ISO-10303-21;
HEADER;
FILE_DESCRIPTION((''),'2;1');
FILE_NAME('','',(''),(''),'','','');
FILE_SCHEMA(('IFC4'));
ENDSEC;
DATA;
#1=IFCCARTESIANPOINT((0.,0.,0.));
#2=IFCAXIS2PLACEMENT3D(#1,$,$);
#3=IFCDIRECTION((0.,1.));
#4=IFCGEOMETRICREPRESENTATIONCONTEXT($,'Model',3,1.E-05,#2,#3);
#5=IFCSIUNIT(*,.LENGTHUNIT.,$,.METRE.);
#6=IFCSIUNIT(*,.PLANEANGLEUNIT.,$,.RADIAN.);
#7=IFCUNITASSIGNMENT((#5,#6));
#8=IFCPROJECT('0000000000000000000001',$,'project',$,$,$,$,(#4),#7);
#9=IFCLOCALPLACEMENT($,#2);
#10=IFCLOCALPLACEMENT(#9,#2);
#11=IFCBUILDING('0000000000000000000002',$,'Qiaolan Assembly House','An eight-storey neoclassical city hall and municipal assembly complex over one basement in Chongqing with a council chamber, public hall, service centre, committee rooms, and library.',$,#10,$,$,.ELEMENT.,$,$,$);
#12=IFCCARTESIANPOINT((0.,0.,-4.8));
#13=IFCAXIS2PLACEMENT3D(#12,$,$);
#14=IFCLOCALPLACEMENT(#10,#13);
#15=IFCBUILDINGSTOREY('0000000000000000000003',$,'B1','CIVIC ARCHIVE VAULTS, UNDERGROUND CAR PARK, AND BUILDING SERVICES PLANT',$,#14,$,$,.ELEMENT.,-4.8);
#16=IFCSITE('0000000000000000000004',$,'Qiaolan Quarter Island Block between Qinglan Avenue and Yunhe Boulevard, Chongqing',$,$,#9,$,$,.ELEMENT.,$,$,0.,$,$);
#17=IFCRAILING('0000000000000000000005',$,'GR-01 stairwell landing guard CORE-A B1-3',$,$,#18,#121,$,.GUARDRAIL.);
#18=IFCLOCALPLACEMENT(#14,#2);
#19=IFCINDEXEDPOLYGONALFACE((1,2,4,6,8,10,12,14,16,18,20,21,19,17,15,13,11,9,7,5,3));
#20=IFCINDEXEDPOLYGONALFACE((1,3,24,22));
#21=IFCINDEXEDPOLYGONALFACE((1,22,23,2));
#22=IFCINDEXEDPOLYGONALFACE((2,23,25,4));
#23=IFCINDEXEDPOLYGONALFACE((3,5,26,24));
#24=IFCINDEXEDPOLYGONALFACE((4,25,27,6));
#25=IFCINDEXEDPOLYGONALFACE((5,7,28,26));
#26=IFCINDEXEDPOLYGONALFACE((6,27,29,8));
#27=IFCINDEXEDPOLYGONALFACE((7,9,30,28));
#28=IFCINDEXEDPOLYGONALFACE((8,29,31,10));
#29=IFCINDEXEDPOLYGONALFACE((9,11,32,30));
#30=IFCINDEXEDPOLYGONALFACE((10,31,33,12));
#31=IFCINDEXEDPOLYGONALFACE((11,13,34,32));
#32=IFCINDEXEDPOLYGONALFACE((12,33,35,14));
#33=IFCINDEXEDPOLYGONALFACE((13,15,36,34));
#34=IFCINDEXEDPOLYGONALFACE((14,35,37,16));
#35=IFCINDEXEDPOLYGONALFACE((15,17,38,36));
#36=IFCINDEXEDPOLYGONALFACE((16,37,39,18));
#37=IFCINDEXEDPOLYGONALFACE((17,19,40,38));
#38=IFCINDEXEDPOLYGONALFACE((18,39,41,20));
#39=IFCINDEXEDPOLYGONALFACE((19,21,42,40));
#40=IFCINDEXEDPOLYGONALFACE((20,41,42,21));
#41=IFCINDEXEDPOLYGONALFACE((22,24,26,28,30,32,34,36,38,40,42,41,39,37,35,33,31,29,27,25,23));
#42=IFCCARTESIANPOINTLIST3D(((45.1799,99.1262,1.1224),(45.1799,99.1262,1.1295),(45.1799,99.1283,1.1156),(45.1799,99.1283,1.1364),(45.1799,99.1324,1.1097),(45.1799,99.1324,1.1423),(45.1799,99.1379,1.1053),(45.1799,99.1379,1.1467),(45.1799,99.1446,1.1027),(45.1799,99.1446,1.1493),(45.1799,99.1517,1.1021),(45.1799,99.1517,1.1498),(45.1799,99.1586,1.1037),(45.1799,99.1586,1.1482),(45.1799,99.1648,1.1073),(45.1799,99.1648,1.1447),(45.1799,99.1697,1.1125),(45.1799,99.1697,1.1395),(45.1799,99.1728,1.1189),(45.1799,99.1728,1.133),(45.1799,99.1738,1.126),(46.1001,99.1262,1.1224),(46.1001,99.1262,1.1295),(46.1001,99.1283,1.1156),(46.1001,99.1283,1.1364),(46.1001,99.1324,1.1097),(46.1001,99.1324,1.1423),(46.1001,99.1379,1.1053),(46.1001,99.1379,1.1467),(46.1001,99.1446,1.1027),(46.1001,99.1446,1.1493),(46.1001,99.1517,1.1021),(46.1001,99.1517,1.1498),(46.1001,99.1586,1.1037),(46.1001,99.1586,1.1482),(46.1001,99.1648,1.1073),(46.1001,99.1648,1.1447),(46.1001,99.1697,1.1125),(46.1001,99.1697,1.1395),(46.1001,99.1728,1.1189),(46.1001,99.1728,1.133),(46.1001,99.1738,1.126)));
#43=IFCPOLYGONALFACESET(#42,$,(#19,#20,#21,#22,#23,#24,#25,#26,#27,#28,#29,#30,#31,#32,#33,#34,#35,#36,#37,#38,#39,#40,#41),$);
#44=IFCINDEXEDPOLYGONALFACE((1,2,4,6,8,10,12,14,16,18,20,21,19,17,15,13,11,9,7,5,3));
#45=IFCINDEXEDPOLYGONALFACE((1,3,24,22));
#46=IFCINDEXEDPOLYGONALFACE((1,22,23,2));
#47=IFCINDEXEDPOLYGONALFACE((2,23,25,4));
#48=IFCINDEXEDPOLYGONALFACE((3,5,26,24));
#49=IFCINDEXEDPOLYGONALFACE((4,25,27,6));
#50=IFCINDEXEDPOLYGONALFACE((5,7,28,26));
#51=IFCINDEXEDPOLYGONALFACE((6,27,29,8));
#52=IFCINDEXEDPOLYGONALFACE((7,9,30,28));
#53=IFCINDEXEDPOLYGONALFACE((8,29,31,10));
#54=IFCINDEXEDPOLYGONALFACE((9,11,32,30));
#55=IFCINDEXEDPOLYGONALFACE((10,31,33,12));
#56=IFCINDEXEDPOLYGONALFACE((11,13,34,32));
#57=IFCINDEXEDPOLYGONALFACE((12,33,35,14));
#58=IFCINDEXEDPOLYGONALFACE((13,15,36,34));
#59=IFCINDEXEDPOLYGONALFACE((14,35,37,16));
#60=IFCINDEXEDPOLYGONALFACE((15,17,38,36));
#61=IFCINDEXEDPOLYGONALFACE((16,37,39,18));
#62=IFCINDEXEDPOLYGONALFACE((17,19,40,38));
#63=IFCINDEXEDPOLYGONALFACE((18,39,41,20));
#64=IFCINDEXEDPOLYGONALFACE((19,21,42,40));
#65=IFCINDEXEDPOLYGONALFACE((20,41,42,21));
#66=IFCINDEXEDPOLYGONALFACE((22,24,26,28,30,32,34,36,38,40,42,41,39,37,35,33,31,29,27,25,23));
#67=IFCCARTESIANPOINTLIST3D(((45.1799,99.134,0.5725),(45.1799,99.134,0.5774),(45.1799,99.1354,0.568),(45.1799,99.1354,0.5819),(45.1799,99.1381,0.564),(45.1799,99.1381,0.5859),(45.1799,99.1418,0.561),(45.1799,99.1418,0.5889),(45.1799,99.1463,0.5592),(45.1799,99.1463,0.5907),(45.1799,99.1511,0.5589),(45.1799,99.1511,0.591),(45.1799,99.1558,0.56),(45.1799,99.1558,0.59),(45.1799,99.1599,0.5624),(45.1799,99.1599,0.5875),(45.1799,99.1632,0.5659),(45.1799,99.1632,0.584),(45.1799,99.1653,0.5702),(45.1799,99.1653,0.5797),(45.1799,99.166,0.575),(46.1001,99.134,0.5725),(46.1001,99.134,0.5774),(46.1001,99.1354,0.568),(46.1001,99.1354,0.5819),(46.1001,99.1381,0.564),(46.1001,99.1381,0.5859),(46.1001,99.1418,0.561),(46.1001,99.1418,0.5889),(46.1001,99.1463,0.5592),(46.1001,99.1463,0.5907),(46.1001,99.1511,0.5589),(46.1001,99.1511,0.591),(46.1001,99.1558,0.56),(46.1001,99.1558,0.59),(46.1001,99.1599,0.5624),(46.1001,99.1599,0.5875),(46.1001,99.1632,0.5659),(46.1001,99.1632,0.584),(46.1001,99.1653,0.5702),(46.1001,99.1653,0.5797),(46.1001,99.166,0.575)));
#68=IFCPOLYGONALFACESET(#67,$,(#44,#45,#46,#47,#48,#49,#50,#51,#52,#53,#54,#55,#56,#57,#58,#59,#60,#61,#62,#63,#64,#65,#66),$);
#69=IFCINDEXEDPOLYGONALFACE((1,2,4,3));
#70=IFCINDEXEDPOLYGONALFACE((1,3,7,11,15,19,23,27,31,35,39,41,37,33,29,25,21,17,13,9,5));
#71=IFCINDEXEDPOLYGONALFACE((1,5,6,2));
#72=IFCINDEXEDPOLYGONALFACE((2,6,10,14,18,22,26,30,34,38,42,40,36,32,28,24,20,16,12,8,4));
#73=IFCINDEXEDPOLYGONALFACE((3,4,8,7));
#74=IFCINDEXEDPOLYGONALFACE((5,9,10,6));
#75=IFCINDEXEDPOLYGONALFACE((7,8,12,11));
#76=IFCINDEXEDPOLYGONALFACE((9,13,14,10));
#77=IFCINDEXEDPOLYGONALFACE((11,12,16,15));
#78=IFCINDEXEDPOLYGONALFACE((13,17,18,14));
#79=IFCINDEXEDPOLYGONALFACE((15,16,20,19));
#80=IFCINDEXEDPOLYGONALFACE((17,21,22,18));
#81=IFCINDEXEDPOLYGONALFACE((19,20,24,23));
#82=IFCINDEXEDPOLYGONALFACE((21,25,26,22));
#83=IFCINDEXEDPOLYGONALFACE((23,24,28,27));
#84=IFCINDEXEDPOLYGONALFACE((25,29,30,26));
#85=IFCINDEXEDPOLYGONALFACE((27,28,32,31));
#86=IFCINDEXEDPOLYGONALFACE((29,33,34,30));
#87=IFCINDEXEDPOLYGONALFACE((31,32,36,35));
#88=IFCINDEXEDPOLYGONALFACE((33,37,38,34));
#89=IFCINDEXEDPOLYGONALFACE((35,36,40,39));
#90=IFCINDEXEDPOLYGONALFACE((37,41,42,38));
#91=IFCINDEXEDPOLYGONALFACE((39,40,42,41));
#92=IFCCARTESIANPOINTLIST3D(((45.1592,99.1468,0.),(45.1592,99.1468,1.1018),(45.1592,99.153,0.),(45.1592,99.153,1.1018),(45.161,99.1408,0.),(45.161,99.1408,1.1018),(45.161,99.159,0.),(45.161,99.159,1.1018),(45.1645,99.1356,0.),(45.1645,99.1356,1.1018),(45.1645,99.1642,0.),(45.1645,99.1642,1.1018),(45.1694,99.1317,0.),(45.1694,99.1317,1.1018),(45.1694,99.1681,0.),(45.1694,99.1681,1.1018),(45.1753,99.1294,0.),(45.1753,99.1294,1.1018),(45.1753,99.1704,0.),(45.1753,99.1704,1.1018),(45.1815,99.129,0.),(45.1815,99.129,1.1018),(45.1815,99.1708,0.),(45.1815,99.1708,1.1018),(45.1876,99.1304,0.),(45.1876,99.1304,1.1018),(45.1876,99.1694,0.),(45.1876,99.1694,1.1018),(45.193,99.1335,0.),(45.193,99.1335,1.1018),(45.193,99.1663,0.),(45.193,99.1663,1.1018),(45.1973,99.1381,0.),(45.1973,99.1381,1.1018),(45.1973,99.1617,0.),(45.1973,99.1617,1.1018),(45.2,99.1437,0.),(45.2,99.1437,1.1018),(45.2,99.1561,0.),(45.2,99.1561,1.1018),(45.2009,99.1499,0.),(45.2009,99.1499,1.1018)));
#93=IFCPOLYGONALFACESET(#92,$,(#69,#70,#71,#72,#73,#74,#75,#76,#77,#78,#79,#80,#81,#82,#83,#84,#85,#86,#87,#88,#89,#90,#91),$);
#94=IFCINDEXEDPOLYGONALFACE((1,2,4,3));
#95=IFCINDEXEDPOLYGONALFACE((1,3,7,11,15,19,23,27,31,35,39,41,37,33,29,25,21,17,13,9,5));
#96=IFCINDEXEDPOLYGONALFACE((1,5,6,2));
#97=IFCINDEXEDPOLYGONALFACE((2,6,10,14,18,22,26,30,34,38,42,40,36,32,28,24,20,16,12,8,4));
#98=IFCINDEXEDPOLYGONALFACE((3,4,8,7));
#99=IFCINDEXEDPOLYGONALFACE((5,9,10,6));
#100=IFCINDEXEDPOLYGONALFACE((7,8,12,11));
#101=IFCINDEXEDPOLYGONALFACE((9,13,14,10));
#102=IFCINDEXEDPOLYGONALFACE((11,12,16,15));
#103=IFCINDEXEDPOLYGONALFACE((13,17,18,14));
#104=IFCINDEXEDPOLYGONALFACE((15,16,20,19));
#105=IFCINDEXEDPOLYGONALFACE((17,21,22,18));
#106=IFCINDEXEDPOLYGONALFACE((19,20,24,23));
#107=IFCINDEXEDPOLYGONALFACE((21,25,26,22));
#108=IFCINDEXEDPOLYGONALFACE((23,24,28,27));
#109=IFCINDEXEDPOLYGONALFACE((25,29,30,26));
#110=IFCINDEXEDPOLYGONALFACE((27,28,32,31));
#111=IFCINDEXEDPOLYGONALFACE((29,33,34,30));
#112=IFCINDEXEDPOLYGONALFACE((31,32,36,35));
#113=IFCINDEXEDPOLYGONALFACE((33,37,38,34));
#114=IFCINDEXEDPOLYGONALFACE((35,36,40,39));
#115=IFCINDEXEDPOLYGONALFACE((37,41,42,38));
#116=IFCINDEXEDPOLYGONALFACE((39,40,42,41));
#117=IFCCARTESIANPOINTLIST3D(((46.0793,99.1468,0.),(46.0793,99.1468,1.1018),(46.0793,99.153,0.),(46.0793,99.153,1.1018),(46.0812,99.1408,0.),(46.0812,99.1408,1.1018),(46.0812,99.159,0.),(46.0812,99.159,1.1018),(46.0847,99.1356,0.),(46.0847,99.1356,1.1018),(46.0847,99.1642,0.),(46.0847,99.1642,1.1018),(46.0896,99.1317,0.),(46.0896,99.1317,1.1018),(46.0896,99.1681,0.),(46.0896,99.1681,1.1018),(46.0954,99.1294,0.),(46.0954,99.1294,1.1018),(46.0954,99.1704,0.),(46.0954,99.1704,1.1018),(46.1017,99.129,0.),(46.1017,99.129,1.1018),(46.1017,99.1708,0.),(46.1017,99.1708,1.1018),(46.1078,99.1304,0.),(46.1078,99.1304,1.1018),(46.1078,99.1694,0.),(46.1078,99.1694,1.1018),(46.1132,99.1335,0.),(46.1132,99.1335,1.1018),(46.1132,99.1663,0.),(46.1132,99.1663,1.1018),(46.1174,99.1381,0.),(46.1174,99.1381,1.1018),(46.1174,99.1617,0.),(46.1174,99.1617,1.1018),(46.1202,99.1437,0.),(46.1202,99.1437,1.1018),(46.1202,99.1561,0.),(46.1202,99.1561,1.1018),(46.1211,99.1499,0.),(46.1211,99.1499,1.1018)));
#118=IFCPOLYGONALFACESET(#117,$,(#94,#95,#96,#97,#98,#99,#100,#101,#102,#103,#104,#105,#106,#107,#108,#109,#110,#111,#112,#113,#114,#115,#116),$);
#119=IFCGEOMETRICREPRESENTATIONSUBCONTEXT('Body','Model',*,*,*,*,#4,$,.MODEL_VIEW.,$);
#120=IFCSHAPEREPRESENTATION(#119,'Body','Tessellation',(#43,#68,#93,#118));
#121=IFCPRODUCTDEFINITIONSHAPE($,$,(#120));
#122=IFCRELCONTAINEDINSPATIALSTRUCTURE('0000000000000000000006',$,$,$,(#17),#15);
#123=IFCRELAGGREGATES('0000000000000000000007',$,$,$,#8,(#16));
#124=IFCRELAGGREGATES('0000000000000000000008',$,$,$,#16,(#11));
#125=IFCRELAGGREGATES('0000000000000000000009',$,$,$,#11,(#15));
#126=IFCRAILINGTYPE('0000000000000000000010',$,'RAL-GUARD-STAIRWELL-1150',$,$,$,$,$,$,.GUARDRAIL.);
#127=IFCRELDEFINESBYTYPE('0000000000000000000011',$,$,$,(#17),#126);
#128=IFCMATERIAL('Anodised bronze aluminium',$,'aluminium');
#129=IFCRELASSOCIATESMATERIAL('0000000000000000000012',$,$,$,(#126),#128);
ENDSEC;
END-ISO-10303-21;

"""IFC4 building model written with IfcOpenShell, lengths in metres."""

from ifc_helpers import new_model, si_unit, direction, frame, origin, origin_2d, place, context, subcontext, project, spatial, circle, extrude, material, type_object, element, save


model = new_model("IFC4")

# Units and contexts
model_context = context("Model", 3, precision=1e-05, world=origin(), true_north=direction((0.0, 1.0)))
body_context = subcontext(model_context, "Body", "Model", "MODEL_VIEW")
ifc_project = project(units=[si_unit("LENGTHUNIT", "METRE"), si_unit("PLANEANGLEUNIT", "RADIAN")], contexts=[model_context])

# Site, building, storey
site_placement = place(None, origin())
site = spatial("IfcSite", under=ifc_project, at=site_placement, Name="Qiaolan Quarter Island Block between Qinglan Avenue and Yunhe Boulevard, Chongqing", CompositionType="ELEMENT", RefElevation=0.0)
building_placement = place(site_placement, origin())
building = spatial("IfcBuilding", under=site, at=building_placement, Name="Qiaolan Assembly House", Description="An eight-storey neoclassical city hall and municipal assembly complex over one basement in Chongqing with a council chamber, public hall, service centre, committee rooms, and library.", CompositionType="ELEMENT")
storey_placement = place(building_placement, frame((0.0, 0.0, -4.8)))
storey = spatial("IfcBuildingStorey", under=building, at=storey_placement, Name="B1", Description="CIVIC ARCHIVE VAULTS, UNDERGROUND CAR PARK, AND BUILDING SERVICES PLANT", CompositionType="ELEMENT", Elevation=-4.8)

# Railing
ifc_material_1 = material(Name="Anodised bronze aluminium", Category="aluminium")
railing_type_1 = type_object("IfcRailingType", Name="RAL-GUARD-STAIRWELL-1150", PredefinedType="GUARDRAIL", material=ifc_material_1)
for number, where, name in (
    (1, (45.1799, 99.1499, 0.0), "GR-01 stairwell landing guard CORE-A B1-3"),
):
    element("IfcRailing", number, at=place(storey_placement, frame(where)), inside=storey, type_object=railing_type_1, Name=name, PredefinedType="GUARDRAIL", context=body_context, shape_type="SweptSolid", body=[
        extrude(circle(Radius=0.0239, at=origin_2d()), frame((0.0, 0.0, 1.126), z_axis=(1.0, 0.0, 0.0), x_axis=(0.0, 1.0, 0.0)), (0.0, 0.0, 1.0), 0.9202),
        extrude(circle(Radius=0.0161, at=origin_2d()), frame((0.0, 0.0, 0.575), z_axis=(1.0, 0.0, 0.0), x_axis=(0.0, 1.0, 0.0)), (0.0, 0.0, 1.0), 0.9202),
        extrude(circle(Radius=0.021, at=origin_2d()), origin(), (0.0, 0.0, 1.0), 1.1018),
        extrude(circle(Radius=0.021, at=origin_2d()), frame((0.9202, 0.0, 0.0)), (0.0, 0.0, 1.0), 1.1018),
    ])

save(model, "model.ifc")
